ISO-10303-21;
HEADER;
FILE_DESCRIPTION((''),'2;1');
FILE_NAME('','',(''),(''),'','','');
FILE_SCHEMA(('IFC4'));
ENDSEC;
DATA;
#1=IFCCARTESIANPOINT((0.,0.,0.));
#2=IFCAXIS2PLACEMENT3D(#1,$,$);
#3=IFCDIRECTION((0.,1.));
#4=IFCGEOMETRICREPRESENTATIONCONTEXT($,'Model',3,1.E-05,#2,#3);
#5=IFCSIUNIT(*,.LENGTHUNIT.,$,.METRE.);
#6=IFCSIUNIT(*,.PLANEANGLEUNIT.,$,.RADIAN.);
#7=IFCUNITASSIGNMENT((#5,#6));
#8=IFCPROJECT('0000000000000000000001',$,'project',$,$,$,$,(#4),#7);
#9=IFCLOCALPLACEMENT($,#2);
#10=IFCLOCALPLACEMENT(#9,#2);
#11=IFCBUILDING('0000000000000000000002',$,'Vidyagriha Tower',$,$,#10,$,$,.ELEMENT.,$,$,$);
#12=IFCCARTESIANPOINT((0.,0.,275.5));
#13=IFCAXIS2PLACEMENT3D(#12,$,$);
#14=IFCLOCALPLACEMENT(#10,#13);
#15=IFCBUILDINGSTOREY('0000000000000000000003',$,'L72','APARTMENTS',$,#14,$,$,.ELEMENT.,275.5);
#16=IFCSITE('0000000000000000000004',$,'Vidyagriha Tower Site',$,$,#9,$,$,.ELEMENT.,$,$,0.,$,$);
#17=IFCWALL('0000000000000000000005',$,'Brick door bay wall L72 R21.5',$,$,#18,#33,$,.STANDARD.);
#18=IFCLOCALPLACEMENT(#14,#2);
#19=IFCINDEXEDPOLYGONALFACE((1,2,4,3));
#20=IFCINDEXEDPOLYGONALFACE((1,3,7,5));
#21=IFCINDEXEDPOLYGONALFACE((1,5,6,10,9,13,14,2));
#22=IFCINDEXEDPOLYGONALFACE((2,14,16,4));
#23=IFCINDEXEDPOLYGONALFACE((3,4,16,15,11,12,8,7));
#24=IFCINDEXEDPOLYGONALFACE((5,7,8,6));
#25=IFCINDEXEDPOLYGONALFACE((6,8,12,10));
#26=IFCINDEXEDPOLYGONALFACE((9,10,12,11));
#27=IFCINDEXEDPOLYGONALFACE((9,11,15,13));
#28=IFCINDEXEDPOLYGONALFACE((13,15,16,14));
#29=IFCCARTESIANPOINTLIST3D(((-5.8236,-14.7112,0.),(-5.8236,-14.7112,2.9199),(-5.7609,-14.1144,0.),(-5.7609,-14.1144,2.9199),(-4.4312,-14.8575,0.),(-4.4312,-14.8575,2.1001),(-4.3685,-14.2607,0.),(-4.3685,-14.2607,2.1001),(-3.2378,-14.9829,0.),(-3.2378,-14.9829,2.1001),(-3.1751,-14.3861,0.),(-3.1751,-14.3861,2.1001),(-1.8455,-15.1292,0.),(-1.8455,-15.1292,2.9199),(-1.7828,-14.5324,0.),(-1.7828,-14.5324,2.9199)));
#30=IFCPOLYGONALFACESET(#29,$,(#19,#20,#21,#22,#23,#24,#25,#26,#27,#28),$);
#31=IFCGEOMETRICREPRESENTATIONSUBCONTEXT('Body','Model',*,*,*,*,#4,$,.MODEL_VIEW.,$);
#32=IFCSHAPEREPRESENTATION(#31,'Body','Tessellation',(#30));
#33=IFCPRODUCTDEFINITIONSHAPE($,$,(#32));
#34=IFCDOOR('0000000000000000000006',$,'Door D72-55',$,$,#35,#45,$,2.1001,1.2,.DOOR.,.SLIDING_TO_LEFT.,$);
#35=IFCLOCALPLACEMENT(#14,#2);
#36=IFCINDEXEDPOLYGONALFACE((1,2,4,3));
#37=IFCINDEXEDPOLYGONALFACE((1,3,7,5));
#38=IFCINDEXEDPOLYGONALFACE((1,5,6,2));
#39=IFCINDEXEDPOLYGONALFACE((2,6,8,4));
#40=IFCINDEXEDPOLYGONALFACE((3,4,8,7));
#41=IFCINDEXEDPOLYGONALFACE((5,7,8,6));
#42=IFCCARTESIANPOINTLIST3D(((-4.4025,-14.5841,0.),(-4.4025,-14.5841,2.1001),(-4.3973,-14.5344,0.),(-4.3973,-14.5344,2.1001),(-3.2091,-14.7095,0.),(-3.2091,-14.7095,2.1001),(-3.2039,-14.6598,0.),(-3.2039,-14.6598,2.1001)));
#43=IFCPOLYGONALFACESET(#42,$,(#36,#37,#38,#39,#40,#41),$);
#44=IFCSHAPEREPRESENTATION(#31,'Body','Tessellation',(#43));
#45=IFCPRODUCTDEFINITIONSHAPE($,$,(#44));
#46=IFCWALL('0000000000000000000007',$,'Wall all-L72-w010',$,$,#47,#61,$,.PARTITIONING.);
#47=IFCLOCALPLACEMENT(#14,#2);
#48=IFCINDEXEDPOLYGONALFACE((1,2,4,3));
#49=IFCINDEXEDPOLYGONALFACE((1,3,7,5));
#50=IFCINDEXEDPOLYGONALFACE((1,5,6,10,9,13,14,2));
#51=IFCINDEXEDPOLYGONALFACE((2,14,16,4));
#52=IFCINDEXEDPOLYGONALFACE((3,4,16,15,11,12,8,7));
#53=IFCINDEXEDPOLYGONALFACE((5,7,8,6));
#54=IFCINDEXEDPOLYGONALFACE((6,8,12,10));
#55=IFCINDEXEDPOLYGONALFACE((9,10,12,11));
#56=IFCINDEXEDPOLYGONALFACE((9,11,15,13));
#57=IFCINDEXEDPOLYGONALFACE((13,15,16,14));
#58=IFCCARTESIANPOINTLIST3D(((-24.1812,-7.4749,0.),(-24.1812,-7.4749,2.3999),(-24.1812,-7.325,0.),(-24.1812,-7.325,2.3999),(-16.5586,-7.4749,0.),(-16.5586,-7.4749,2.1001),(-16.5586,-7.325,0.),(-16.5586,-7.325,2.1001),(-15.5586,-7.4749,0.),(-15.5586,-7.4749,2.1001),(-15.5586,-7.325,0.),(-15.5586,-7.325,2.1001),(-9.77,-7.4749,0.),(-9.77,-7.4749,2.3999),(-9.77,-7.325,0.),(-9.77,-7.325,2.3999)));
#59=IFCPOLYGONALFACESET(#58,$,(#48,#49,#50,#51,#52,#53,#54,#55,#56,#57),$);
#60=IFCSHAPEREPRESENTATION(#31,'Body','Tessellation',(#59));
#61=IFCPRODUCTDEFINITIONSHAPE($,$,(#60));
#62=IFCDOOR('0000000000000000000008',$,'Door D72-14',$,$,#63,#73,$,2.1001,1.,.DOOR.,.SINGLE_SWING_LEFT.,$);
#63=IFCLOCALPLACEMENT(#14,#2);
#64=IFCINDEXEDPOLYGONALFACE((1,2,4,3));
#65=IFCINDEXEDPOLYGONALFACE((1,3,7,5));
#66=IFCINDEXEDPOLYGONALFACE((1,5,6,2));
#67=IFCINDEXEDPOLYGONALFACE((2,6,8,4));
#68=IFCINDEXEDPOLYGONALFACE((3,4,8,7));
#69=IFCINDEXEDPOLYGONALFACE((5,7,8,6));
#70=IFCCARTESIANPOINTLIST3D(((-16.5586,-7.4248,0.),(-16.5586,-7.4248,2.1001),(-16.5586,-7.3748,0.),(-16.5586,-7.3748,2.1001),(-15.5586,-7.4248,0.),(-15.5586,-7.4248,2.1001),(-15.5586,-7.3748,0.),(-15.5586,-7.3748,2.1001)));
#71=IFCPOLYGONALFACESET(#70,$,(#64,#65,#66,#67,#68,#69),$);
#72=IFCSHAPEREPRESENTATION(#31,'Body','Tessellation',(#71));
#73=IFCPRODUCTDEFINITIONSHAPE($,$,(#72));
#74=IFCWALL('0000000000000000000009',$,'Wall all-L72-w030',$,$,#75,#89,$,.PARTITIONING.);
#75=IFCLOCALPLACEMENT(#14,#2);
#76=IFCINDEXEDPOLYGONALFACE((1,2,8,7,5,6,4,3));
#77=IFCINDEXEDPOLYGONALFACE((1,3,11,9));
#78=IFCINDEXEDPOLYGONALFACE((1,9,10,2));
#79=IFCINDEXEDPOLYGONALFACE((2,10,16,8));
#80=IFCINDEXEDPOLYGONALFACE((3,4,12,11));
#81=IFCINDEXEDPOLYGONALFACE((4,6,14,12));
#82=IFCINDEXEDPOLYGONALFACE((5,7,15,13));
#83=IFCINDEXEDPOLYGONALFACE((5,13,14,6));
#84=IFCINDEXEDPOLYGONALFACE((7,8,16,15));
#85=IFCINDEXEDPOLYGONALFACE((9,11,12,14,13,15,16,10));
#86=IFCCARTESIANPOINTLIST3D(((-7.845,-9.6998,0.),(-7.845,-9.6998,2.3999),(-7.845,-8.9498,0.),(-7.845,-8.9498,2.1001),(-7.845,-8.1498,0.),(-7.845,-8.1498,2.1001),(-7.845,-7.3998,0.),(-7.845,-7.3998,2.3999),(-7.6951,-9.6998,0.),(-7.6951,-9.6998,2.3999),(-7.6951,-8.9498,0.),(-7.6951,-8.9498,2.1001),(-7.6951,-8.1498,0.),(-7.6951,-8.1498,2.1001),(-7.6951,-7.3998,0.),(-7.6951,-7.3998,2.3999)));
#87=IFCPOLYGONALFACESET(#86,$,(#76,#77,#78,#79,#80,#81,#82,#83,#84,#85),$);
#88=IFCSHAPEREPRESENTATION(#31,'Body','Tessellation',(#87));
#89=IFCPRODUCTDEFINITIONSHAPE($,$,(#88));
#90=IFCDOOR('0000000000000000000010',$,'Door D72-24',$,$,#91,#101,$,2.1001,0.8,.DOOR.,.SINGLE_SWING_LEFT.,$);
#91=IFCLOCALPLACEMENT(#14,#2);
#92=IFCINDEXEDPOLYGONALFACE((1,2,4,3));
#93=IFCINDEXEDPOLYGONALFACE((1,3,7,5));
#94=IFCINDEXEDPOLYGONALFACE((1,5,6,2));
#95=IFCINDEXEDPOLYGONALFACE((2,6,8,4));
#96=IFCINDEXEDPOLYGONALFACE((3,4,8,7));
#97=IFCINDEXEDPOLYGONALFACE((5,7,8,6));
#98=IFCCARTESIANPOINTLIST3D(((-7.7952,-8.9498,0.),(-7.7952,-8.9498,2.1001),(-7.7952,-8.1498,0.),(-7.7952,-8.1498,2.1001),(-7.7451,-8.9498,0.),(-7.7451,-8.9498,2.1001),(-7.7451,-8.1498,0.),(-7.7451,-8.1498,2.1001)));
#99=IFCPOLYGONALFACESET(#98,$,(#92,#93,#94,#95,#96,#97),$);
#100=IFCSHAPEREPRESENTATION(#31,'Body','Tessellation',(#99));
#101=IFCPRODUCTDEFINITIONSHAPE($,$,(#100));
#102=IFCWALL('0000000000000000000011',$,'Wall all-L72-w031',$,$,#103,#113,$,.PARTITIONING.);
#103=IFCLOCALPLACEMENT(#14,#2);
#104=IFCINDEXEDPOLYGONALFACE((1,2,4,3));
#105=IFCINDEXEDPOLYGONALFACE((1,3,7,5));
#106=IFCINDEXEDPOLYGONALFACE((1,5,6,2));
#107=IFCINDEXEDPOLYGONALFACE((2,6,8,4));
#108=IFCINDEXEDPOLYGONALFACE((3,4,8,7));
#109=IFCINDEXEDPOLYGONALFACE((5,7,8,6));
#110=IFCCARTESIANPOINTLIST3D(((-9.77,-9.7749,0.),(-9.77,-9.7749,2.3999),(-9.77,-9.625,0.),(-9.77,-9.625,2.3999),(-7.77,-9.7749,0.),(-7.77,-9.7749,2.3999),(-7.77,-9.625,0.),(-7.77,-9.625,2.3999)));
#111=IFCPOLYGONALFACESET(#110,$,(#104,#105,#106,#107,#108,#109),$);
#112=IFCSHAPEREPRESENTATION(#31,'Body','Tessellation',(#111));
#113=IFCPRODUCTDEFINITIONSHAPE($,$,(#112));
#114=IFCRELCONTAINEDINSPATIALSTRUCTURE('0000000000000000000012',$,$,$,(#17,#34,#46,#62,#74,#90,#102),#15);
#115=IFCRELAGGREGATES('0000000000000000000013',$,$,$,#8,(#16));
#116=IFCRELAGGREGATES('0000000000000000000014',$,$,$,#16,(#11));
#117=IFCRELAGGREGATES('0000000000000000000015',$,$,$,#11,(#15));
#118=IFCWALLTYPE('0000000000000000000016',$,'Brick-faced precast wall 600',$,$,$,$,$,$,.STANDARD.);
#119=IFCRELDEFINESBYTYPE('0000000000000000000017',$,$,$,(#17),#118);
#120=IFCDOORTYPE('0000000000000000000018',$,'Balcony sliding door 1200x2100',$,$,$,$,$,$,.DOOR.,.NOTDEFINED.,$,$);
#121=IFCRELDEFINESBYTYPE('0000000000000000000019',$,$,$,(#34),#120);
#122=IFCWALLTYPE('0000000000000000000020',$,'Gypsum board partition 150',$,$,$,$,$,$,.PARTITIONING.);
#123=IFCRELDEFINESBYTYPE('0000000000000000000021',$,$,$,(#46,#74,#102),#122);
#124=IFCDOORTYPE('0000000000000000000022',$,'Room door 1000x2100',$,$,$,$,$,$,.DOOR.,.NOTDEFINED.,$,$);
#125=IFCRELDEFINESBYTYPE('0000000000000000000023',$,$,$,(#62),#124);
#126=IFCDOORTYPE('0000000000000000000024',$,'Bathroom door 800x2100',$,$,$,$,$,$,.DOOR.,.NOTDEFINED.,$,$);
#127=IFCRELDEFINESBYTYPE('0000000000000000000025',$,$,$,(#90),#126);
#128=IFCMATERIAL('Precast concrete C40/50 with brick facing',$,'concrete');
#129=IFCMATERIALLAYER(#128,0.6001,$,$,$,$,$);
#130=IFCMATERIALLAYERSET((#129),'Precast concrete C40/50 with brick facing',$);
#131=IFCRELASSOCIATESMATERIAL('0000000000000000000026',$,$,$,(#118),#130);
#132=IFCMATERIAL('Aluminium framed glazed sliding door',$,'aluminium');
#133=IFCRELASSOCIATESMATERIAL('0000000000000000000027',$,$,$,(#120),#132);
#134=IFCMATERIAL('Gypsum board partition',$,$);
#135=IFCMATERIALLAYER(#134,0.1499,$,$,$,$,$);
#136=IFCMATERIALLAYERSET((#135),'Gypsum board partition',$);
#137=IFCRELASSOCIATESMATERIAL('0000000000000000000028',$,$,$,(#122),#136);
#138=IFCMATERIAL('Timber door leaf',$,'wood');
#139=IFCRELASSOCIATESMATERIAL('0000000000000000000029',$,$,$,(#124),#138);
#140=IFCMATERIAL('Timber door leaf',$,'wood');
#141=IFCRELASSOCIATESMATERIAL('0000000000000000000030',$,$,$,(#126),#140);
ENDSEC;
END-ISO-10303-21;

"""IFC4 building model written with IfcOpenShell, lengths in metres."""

from ifc_helpers import new_model, si_unit, direction, frame, frame_2d, origin, place, context, subcontext, project, spatial, rectangle, extrude, material, layer, layer_set, type_object, element, fill, save


model = new_model("IFC4")

# Units and contexts
model_context = context("Model", 3, precision=1e-05, world=origin(), true_north=direction((0.0, 1.0)))
body_context = subcontext(model_context, "Body", "Model", "MODEL_VIEW")
ifc_project = project(units=[si_unit("LENGTHUNIT", "METRE"), si_unit("PLANEANGLEUNIT", "RADIAN")], contexts=[model_context])

# Site, building, storey
site_placement = place(None, origin())
site = spatial("IfcSite", under=ifc_project, at=site_placement, Name="Vidyagriha Tower Site", CompositionType="ELEMENT", RefElevation=0.0)
building_placement = place(site_placement, origin())
building = spatial("IfcBuilding", under=site, at=building_placement, Name="Vidyagriha Tower", CompositionType="ELEMENT")
storey_placement = place(building_placement, frame((0.0, 0.0, 275.5)))
storey = spatial("IfcBuildingStorey", under=building, at=storey_placement, Name="L72", Description="APARTMENTS", CompositionType="ELEMENT", Elevation=275.5)

# Walls, openings, doors
ifc_material_1 = material(Name="Precast concrete C40/50 with brick facing", Category="concrete")
ifc_layer_1 = layer(ifc_material_1, 0.6001)
ifc_layer_set_1 = layer_set([ifc_layer_1], Name="Precast concrete C40/50 with brick facing")
wall_type_1 = type_object("IfcWallType", Name="Brick-faced precast wall 600", PredefinedType="STANDARD", material=ifc_layer_set_1)
wall_1_placement = place(storey_placement, frame((-5.7922, -14.4128, 0.0), z_axis=(0.0, 0.0, 1.0), x_axis=(0.994526, -0.104494, 0.0)))
wall_1 = element("IfcWall", 1, at=wall_1_placement, inside=storey, type_object=wall_type_1, Name="Brick door bay wall L72 R21.5", PredefinedType="STANDARD", context=body_context, shape_type="SweptSolid", body=[
    extrude(rectangle(XDim=4.0, YDim=0.6001, at=frame_2d((2.0, 0.0))), origin(), (0.0, 0.0, 1.0), 2.9199),
])
opening_1_placement = place(wall_1_placement, frame((1.3999, 0.0, 0.0)))
opening_1 = element("IfcOpeningElement", 2, at=opening_1_placement, cuts=wall_1, PredefinedType="OPENING", context=body_context, shape_type="SweptSolid", body=[
    extrude(rectangle(XDim=1.2, YDim=2.1001, at=frame_2d((0.6001, 1.05))), frame((0.0, 0.3101, 0.0), z_axis=(0.0, -1.0, 0.0), x_axis=(1.0, 0.0, 0.0)), (0.0, 0.0, 1.0), 0.6201),
])
ifc_material_2 = material(Name="Aluminium framed glazed sliding door", Category="aluminium")
door_type_1 = type_object("IfcDoorType", Name="Balcony sliding door 1200x2100", OperationType="NOTDEFINED", PredefinedType="DOOR", material=ifc_material_2)
door_1_placement = place(opening_1_placement, origin())
door_1 = element("IfcDoor", 3, at=door_1_placement, inside=storey, type_object=door_type_1, Name="Door D72-55", OperationType="SLIDING_TO_LEFT", OverallHeight=2.1001, OverallWidth=1.2, PredefinedType="DOOR", context=body_context, shape_type="SweptSolid", body=[
    extrude(rectangle(XDim=1.2, YDim=2.1001, at=frame_2d((0.6001, 1.05))), frame((0.0, 0.0249, 0.0), z_axis=(0.0, -1.0, 0.0), x_axis=(1.0, 0.0, 0.0)), (0.0, 0.0, 1.0), 0.05),
])
fill(opening_1, door_1)
ifc_material_3 = material(Name="Gypsum board partition")
ifc_layer_2 = layer(ifc_material_3, 0.1499)
ifc_layer_set_2 = layer_set([ifc_layer_2], Name="Gypsum board partition")
wall_type_2 = type_object("IfcWallType", Name="Gypsum board partition 150", PredefinedType="PARTITIONING", material=ifc_layer_set_2)
wall_2_placement = place(storey_placement, frame((-9.77, -7.3999, 0.0), z_axis=(0.0, 0.0, 1.0), x_axis=(-1.0, 0.0, 0.0)))
wall_2 = element("IfcWall", 4, at=wall_2_placement, inside=storey, type_object=wall_type_2, Name="Wall all-L72-w010", PredefinedType="PARTITIONING", context=body_context, shape_type="SweptSolid", body=[
    extrude(rectangle(XDim=14.4111, YDim=0.1499, at=frame_2d((7.2056, 0.0))), origin(), (0.0, 0.0, 1.0), 2.3999),
])
opening_2_placement = place(wall_2_placement, frame((5.7886, 0.0, 0.0)))
opening_2 = element("IfcOpeningElement", 5, at=opening_2_placement, cuts=wall_2, PredefinedType="OPENING", context=body_context, shape_type="SweptSolid", body=[
    extrude(rectangle(XDim=1.0, YDim=2.1001, at=frame_2d((0.5, 1.05))), frame((0.0, 0.085, 0.0), z_axis=(0.0, -1.0, 0.0), x_axis=(1.0, 0.0, 0.0)), (0.0, 0.0, 1.0), 0.1699),
])
ifc_material_4 = material(Name="Timber door leaf", Category="wood")
door_type_2 = type_object("IfcDoorType", Name="Room door 1000x2100", OperationType="NOTDEFINED", PredefinedType="DOOR", material=ifc_material_4)
door_2_placement = place(opening_2_placement, origin())
door_2 = element("IfcDoor", 6, at=door_2_placement, inside=storey, type_object=door_type_2, Name="Door D72-14", OperationType="SINGLE_SWING_LEFT", OverallHeight=2.1001, OverallWidth=1.0, PredefinedType="DOOR", context=body_context, shape_type="SweptSolid", body=[
    extrude(rectangle(XDim=1.0, YDim=2.1001, at=frame_2d((0.5, 1.05))), frame((0.0, 0.0249, 0.0), z_axis=(0.0, -1.0, 0.0), x_axis=(1.0, 0.0, 0.0)), (0.0, 0.0, 1.0), 0.05),
])
fill(opening_2, door_2)
wall_3_placement = place(storey_placement, frame((-7.77, -7.3999, 0.0), z_axis=(0.0, 0.0, 1.0), x_axis=(0.0, -1.0, 0.0)))
wall_3 = element("IfcWall", 7, at=wall_3_placement, inside=storey, type_object=wall_type_2, Name="Wall all-L72-w030", PredefinedType="PARTITIONING", context=body_context, shape_type="SweptSolid", body=[
    extrude(rectangle(XDim=2.3, YDim=0.1499, at=frame_2d((1.1499, 0.0))), origin(), (0.0, 0.0, 1.0), 2.3999),
])
opening_3_placement = place(wall_3_placement, frame((0.75, 0.0, 0.0)))
opening_3 = element("IfcOpeningElement", 8, at=opening_3_placement, cuts=wall_3, PredefinedType="OPENING", context=body_context, shape_type="SweptSolid", body=[
    extrude(rectangle(XDim=0.8, YDim=2.1001, at=frame_2d((0.3999, 1.05))), frame((0.0, 0.085, 0.0), z_axis=(0.0, -1.0, 0.0), x_axis=(1.0, 0.0, 0.0)), (0.0, 0.0, 1.0), 0.1699),
])
ifc_material_5 = material(Name="Timber door leaf", Category="wood")
door_type_3 = type_object("IfcDoorType", Name="Bathroom door 800x2100", OperationType="NOTDEFINED", PredefinedType="DOOR", material=ifc_material_5)
door_3_placement = place(opening_3_placement, origin())
door_3 = element("IfcDoor", 9, at=door_3_placement, inside=storey, type_object=door_type_3, Name="Door D72-24", OperationType="SINGLE_SWING_LEFT", OverallHeight=2.1001, OverallWidth=0.8, PredefinedType="DOOR", context=body_context, shape_type="SweptSolid", body=[
    extrude(rectangle(XDim=0.8, YDim=2.1001, at=frame_2d((0.3999, 1.05))), frame((0.0, 0.0249, 0.0), z_axis=(0.0, -1.0, 0.0), x_axis=(1.0, 0.0, 0.0)), (0.0, 0.0, 1.0), 0.05),
])
fill(opening_3, door_3)

# Wall
wall_4_placement = place(storey_placement, frame((-7.77, -9.7, 0.0), z_axis=(0.0, 0.0, 1.0), x_axis=(-1.0, 0.0, 0.0)))
element("IfcWall", 10, at=wall_4_placement, inside=storey, type_object=wall_type_2, Name="Wall all-L72-w031", PredefinedType="PARTITIONING", context=body_context, shape_type="SweptSolid", body=[
    extrude(rectangle(XDim=2.0, YDim=0.1499, at=frame_2d((1.0, 0.0))), origin(), (0.0, 0.0, 1.0), 2.3999),
])

save(model, "model.ifc")
